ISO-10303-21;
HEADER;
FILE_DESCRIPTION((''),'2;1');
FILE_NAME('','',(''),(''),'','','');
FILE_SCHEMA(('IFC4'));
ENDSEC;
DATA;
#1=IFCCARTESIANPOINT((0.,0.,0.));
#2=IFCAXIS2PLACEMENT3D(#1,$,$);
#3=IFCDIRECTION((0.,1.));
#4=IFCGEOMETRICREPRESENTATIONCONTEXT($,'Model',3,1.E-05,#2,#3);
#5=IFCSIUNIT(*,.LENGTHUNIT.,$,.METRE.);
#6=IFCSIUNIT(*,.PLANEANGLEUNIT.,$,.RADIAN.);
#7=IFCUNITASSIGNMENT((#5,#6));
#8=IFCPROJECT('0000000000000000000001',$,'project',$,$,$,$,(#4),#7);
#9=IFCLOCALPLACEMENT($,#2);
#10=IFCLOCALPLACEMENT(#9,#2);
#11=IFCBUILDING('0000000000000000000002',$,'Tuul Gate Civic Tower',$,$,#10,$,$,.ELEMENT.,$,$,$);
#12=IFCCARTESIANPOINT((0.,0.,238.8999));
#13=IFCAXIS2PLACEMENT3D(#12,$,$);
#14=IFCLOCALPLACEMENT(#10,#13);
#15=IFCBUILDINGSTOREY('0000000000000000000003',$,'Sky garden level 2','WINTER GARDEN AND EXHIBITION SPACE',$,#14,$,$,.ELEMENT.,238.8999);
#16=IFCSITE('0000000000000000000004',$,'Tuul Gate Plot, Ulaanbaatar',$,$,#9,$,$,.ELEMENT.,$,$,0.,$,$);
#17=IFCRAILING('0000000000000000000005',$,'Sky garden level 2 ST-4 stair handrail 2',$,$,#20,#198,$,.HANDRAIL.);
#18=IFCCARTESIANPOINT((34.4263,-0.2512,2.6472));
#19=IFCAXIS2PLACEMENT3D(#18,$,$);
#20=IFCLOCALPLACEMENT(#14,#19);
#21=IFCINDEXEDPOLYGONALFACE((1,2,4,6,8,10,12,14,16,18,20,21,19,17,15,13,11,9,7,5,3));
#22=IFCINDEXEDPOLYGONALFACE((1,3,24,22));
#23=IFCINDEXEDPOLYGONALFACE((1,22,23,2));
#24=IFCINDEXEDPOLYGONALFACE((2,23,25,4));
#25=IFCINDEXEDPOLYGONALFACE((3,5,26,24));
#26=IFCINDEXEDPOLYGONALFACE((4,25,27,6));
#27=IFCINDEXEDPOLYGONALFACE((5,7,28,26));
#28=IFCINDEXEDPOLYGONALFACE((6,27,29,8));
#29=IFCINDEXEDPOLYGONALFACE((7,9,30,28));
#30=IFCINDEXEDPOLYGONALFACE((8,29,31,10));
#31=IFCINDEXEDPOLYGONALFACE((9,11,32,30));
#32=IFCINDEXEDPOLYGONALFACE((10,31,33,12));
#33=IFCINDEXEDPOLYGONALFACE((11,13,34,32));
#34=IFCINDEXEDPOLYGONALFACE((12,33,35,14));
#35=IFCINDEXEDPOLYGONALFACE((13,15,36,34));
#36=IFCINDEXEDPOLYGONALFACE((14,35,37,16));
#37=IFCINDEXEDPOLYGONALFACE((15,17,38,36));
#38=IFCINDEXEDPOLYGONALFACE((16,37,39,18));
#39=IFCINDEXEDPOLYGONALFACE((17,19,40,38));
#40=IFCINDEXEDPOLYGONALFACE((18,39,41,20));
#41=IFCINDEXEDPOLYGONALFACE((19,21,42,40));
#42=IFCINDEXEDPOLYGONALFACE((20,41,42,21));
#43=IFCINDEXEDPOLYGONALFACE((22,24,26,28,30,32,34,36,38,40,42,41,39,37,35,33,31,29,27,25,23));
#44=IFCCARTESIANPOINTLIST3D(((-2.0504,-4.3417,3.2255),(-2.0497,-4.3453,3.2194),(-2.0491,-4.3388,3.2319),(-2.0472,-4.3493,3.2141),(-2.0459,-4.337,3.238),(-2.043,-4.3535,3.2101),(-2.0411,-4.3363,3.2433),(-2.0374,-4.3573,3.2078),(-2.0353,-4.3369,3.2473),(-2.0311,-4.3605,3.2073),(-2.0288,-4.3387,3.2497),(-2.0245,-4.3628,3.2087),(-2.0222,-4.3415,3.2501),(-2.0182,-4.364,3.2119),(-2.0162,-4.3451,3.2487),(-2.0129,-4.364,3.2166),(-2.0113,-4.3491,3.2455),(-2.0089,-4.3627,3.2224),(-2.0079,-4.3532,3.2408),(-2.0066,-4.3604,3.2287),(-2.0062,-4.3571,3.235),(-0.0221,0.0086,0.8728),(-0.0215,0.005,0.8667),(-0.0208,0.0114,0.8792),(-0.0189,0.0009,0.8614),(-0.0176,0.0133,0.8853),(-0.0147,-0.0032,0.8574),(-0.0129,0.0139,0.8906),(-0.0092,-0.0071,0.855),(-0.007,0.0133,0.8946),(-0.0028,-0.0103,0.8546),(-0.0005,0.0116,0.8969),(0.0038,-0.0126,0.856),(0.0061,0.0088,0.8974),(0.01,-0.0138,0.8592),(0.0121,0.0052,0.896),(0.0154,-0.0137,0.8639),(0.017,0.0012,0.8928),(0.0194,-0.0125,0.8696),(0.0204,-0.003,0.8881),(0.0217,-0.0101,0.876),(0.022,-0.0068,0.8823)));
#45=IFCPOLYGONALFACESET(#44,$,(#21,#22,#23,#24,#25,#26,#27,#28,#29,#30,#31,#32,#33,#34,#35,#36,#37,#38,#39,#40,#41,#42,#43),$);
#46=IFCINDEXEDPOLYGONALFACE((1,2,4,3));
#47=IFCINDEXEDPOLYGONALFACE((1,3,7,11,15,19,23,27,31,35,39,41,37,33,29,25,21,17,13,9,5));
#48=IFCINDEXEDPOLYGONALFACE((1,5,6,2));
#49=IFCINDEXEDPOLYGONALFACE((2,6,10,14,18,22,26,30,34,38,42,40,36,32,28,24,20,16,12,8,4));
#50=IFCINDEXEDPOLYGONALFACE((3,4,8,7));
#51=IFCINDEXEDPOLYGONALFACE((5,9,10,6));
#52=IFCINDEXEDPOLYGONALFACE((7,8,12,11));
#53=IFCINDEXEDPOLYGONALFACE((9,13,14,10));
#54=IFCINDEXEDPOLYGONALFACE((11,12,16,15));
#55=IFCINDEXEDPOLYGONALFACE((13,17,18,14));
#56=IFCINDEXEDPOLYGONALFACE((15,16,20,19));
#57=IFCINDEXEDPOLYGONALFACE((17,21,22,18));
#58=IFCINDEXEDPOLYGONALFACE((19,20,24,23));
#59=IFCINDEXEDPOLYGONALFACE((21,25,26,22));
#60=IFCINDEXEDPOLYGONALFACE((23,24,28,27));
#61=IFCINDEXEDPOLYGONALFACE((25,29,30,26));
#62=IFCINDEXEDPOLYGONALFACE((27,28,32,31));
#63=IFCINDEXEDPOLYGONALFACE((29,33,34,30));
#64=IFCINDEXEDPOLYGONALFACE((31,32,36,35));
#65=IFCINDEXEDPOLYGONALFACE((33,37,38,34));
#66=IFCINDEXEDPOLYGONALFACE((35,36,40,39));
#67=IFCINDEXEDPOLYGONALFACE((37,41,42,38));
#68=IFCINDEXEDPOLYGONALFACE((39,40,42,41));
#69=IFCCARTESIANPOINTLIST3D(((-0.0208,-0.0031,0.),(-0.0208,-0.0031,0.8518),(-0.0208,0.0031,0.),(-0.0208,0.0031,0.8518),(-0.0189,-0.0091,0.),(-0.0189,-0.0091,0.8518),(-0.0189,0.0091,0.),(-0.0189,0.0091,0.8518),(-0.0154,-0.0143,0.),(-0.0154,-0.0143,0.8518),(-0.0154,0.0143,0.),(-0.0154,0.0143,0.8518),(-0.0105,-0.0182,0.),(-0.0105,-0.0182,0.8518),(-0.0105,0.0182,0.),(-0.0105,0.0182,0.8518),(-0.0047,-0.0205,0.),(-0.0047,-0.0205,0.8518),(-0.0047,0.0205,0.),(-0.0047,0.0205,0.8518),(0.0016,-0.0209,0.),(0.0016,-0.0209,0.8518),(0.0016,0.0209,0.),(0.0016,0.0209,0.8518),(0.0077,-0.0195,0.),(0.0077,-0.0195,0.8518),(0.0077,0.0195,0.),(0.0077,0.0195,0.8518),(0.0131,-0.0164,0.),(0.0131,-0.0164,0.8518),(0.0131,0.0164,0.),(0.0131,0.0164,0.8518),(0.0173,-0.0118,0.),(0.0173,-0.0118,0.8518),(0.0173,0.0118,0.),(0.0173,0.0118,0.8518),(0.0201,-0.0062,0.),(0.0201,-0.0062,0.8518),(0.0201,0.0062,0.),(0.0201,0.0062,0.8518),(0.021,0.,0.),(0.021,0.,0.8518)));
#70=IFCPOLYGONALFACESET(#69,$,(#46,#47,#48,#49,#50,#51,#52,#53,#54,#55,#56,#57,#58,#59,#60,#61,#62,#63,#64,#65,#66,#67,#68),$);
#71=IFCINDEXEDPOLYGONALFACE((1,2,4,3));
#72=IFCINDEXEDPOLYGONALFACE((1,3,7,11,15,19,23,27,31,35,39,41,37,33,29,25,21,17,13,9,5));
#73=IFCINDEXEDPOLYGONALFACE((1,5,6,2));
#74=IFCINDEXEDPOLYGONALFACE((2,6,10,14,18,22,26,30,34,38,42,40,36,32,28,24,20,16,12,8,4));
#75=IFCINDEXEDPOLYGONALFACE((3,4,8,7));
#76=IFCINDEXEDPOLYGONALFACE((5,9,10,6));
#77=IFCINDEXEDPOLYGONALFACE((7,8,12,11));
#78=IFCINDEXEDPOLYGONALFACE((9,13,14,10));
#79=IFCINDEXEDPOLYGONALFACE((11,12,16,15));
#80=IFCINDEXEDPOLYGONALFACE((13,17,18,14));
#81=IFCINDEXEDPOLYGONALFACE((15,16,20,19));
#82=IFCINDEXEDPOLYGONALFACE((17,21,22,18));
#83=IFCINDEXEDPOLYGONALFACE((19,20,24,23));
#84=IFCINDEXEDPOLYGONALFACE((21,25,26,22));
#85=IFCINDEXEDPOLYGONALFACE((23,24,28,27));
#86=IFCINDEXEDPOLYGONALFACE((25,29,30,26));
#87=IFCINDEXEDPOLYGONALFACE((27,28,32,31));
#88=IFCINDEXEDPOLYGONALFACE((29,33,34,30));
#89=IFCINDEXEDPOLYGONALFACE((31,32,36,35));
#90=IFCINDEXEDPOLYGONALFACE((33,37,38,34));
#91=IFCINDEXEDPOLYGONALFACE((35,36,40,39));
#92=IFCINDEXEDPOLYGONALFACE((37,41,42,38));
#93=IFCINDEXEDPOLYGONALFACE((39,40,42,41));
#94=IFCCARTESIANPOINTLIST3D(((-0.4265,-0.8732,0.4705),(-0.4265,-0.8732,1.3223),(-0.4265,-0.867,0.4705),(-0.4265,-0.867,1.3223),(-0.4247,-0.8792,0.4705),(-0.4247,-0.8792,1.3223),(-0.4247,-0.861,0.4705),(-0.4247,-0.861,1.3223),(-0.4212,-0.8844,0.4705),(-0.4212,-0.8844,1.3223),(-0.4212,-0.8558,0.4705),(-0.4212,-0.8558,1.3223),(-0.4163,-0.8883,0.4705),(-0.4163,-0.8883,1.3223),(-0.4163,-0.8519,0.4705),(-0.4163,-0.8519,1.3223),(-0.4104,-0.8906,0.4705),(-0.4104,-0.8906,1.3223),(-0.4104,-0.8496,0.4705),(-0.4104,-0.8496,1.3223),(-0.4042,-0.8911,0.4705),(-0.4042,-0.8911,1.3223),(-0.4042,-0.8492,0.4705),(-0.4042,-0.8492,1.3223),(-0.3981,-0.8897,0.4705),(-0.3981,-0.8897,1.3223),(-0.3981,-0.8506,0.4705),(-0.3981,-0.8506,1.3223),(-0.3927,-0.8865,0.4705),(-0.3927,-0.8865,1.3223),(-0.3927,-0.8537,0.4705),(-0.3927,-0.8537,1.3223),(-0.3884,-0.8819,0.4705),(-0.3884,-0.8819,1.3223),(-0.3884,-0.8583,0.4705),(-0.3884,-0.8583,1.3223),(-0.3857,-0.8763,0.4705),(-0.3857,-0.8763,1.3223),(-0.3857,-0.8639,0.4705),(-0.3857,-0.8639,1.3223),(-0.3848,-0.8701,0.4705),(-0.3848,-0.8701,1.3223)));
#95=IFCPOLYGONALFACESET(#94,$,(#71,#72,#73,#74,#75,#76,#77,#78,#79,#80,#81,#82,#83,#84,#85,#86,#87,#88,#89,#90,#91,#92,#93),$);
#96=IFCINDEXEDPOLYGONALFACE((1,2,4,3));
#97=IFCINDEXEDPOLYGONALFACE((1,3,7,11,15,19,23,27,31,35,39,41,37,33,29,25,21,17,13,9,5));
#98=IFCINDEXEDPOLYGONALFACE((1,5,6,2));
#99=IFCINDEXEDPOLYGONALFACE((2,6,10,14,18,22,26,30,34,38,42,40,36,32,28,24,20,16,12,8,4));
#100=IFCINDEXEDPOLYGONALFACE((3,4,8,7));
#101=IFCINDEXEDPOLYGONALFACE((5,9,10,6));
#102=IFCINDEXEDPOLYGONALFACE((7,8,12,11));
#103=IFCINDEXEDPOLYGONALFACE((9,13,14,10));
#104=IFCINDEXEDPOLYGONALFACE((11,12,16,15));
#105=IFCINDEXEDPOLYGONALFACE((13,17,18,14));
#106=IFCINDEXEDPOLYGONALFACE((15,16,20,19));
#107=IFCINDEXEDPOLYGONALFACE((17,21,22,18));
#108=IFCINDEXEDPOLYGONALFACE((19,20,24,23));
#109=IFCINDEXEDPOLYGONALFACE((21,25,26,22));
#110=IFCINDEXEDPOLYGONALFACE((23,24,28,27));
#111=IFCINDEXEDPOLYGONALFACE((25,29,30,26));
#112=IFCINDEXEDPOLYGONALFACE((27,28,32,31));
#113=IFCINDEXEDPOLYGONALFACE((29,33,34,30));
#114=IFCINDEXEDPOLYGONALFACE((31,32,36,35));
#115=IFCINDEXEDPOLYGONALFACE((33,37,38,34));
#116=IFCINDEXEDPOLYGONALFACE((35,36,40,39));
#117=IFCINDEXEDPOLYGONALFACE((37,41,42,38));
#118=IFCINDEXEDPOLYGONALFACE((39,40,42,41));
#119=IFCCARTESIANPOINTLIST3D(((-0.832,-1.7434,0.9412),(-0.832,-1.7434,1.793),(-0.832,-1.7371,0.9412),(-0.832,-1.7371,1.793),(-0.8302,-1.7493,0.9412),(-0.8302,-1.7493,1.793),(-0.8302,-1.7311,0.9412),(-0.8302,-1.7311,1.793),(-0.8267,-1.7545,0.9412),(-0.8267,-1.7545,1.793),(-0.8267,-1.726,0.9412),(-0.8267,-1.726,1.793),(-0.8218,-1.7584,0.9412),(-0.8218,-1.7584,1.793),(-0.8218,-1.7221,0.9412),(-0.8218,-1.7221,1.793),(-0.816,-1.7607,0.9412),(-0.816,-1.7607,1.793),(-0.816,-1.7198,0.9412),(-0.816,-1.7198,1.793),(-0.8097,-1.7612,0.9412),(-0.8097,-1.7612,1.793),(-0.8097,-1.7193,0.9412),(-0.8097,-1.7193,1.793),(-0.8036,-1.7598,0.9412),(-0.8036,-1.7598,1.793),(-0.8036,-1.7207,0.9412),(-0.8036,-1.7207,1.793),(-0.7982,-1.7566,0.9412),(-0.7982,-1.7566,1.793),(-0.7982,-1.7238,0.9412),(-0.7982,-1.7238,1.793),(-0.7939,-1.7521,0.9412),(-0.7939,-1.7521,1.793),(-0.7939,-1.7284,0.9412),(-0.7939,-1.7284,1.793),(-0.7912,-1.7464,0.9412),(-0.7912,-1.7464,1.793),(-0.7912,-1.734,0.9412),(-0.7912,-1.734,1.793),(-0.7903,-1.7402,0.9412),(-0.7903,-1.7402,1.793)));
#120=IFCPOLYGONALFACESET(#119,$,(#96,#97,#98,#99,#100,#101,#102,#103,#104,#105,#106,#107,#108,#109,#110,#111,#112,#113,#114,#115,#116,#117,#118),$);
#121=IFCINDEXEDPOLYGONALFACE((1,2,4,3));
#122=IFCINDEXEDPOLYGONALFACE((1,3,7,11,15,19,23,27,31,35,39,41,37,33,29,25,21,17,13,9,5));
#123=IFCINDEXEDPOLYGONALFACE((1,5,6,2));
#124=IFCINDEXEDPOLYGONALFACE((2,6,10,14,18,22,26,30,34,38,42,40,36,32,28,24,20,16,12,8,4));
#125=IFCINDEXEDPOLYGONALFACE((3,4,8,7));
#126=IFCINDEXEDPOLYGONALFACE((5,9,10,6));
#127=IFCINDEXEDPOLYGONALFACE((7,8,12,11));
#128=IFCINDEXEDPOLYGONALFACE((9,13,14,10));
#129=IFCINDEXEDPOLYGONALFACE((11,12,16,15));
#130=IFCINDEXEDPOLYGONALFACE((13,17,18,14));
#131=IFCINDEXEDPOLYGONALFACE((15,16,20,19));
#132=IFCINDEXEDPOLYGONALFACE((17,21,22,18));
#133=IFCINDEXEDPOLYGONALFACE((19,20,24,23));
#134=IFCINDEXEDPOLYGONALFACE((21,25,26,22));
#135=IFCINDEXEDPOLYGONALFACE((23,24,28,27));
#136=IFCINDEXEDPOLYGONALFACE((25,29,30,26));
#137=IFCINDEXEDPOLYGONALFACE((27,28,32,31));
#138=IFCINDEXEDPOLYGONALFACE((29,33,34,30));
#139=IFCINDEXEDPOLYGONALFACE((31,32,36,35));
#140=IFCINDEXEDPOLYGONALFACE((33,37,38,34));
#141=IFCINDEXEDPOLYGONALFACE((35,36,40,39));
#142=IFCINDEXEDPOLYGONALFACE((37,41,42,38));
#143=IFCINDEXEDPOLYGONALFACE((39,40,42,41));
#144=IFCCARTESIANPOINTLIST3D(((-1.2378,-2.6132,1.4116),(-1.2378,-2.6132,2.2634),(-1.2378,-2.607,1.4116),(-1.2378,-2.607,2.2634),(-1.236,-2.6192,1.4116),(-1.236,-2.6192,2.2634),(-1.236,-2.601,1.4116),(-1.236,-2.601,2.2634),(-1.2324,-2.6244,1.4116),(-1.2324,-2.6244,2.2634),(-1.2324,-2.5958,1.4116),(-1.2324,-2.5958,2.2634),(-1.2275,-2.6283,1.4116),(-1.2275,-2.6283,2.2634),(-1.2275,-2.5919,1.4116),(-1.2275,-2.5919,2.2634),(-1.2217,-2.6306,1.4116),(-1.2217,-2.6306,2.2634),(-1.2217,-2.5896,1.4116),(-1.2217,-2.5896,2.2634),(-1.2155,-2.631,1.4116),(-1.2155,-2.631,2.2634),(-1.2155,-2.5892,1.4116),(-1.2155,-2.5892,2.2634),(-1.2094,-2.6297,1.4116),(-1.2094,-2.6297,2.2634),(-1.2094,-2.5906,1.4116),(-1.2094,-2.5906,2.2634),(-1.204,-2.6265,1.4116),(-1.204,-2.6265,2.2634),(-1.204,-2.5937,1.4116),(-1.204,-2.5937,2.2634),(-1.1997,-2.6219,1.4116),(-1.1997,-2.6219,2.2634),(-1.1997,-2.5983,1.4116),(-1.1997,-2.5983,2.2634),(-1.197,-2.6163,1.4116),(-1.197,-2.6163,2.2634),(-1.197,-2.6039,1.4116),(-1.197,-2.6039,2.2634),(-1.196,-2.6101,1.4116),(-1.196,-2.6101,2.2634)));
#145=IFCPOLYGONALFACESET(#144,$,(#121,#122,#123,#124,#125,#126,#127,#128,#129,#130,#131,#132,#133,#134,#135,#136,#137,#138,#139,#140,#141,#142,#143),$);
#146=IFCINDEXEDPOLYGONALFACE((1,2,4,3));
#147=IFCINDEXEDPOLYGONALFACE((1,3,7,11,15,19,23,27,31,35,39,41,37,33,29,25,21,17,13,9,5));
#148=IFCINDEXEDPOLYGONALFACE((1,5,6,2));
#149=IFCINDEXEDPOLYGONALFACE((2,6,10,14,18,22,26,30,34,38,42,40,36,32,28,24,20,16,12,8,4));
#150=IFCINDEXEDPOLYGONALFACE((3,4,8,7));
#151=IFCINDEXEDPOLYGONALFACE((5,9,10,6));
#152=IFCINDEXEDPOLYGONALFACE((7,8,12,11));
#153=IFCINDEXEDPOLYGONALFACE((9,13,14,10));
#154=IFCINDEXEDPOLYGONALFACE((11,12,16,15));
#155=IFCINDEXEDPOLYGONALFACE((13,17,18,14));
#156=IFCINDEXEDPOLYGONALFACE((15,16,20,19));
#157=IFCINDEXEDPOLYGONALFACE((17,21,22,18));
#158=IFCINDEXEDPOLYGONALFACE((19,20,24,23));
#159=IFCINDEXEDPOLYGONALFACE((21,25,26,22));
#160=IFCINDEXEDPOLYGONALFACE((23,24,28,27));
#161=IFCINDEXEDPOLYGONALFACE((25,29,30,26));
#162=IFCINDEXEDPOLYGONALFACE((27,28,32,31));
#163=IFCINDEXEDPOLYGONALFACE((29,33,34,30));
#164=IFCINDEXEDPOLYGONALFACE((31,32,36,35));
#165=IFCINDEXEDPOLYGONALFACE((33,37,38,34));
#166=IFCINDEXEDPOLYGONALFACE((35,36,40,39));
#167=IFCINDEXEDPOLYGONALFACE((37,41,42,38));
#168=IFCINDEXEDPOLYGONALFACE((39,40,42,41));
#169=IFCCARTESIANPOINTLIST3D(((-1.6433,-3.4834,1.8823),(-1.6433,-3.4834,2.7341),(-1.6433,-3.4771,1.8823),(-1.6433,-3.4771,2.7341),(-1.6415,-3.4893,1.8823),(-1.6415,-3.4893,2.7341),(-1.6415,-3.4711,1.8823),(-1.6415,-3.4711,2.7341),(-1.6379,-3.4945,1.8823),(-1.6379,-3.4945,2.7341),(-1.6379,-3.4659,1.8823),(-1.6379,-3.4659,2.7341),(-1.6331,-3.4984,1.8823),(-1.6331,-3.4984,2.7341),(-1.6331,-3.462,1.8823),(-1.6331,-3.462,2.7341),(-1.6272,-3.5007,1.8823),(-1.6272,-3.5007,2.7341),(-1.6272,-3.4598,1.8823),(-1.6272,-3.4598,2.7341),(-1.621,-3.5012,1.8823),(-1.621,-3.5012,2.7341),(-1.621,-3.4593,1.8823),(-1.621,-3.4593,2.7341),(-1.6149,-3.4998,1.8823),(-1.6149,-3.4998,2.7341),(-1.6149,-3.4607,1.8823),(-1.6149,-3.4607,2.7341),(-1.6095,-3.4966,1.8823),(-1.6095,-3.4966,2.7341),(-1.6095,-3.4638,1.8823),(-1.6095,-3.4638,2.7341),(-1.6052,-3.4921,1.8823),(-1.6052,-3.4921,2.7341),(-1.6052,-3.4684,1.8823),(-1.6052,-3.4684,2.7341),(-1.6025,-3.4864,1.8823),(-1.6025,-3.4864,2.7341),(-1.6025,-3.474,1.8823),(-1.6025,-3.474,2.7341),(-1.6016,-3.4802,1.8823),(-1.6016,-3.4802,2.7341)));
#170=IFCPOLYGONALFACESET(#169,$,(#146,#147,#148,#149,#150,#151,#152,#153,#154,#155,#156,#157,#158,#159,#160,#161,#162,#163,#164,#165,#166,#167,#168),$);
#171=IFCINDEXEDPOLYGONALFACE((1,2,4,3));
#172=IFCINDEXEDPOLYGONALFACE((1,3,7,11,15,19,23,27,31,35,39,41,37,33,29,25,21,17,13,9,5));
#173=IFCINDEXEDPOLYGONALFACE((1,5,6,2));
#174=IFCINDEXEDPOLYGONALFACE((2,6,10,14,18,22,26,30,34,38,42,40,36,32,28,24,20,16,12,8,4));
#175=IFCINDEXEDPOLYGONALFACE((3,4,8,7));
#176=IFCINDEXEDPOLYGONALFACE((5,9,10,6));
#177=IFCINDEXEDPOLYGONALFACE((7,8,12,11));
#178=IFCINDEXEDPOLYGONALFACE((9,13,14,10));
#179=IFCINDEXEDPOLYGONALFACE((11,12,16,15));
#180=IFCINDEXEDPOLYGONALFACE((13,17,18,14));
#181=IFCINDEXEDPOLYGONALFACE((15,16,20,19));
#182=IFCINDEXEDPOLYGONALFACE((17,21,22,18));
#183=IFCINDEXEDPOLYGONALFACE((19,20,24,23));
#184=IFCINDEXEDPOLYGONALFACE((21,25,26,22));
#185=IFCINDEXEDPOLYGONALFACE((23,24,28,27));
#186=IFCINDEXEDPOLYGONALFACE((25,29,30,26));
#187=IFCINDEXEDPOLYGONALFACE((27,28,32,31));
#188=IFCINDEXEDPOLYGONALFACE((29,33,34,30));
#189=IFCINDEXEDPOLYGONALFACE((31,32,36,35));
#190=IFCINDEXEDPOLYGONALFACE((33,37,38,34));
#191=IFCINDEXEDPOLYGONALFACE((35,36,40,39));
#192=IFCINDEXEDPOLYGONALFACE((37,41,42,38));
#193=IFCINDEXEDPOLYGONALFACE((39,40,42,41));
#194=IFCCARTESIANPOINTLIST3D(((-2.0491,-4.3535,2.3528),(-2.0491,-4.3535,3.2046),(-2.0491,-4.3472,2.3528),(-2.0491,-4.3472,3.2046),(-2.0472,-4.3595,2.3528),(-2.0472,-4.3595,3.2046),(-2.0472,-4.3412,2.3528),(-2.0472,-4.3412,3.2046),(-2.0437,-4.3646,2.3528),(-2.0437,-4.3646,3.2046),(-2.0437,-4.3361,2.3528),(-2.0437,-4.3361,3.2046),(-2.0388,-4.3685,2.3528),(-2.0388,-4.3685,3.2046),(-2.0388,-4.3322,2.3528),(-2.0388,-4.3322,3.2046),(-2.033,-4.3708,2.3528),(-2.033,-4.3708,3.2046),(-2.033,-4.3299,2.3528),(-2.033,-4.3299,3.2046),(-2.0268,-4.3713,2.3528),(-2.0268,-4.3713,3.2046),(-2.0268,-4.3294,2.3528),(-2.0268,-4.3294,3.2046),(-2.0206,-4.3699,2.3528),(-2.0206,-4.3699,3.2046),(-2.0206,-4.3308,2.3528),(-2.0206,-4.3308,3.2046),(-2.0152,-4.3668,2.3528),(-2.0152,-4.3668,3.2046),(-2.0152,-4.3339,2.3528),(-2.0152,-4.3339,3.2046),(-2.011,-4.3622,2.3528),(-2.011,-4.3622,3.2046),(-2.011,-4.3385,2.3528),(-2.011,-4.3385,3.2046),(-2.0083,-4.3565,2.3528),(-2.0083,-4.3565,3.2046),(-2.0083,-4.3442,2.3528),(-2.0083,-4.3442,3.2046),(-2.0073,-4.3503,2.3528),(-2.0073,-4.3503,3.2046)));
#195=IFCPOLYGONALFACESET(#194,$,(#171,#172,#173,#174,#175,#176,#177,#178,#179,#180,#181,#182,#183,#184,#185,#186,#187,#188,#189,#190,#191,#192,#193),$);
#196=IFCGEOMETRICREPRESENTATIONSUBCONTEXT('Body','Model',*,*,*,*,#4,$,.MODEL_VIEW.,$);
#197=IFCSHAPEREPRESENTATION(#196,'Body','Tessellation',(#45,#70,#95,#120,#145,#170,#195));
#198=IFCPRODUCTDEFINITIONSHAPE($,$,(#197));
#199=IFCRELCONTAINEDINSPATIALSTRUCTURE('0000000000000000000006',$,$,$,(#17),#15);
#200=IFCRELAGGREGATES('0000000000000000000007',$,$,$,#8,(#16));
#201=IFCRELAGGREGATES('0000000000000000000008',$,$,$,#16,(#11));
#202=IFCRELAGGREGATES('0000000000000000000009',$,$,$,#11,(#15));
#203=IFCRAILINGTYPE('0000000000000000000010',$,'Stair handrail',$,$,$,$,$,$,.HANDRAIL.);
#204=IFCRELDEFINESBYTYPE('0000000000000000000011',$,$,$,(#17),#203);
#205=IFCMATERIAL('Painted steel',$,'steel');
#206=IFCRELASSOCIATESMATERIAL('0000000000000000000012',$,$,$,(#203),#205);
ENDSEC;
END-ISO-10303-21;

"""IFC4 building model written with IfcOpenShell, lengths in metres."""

from ifc_helpers import new_model, si_unit, direction, frame, origin, origin_2d, place, context, subcontext, project, spatial, circle, extrude, material, type_object, element, save


model = new_model("IFC4")

# Units and contexts
model_context = context("Model", 3, precision=1e-05, world=origin(), true_north=direction((0.0, 1.0)))
body_context = subcontext(model_context, "Body", "Model", "MODEL_VIEW")
ifc_project = project(units=[si_unit("LENGTHUNIT", "METRE"), si_unit("PLANEANGLEUNIT", "RADIAN")], contexts=[model_context])

# Site, building, storey
site_placement = place(None, origin())
site = spatial("IfcSite", under=ifc_project, at=site_placement, Name="Tuul Gate Plot, Ulaanbaatar", CompositionType="ELEMENT", RefElevation=0.0)
building_placement = place(site_placement, origin())
building = spatial("IfcBuilding", under=site, at=building_placement, Name="Tuul Gate Civic Tower", CompositionType="ELEMENT")
storey_placement = place(building_placement, frame((0.0, 0.0, 238.8999)))
storey = spatial("IfcBuildingStorey", under=building, at=storey_placement, Name="Sky garden level 2", Description="WINTER GARDEN AND EXHIBITION SPACE", CompositionType="ELEMENT", Elevation=238.8999)

# Railing
ifc_material_1 = material(Name="Painted steel", Category="steel")
railing_type = type_object("IfcRailingType", Name="Stair handrail", PredefinedType="HANDRAIL", material=ifc_material_1)
railing_placement = place(storey_placement, frame((34.4263, -0.2512, 2.6472)))
element("IfcRailing", 1, at=railing_placement, inside=storey, type_object=railing_type, Name="Sky garden level 2 ST-4 stair handrail 2", PredefinedType="HANDRAIL", context=body_context, shape_type="SweptSolid", body=[
    extrude(circle(Radius=0.0239, at=origin_2d()), frame((0.0, 0.0, 0.876), z_axis=(-0.379439, -0.813821, 0.440137), x_axis=(0.90633, -0.422571, 0.0)), (0.0, 0.0, 1.0), 5.3455),
    extrude(circle(Radius=0.021, at=origin_2d()), origin(), (0.0, 0.0, 1.0), 0.8518),
    extrude(circle(Radius=0.021, at=origin_2d()), frame((-0.4058, -0.8701, 0.4705)), (0.0, 0.0, 1.0), 0.8518),
    extrude(circle(Radius=0.021, at=origin_2d()), frame((-0.8113, -1.7402, 0.9412)), (0.0, 0.0, 1.0), 0.8518),
    extrude(circle(Radius=0.021, at=origin_2d()), frame((-1.217, -2.6101, 1.4116)), (0.0, 0.0, 1.0), 0.8518),
    extrude(circle(Radius=0.021, at=origin_2d()), frame((-1.6226, -3.4802, 1.8823)), (0.0, 0.0, 1.0), 0.8518),
    extrude(circle(Radius=0.021, at=origin_2d()), frame((-2.0283, -4.3503, 2.3528)), (0.0, 0.0, 1.0), 0.8518),
])

save(model, "model.ifc")
